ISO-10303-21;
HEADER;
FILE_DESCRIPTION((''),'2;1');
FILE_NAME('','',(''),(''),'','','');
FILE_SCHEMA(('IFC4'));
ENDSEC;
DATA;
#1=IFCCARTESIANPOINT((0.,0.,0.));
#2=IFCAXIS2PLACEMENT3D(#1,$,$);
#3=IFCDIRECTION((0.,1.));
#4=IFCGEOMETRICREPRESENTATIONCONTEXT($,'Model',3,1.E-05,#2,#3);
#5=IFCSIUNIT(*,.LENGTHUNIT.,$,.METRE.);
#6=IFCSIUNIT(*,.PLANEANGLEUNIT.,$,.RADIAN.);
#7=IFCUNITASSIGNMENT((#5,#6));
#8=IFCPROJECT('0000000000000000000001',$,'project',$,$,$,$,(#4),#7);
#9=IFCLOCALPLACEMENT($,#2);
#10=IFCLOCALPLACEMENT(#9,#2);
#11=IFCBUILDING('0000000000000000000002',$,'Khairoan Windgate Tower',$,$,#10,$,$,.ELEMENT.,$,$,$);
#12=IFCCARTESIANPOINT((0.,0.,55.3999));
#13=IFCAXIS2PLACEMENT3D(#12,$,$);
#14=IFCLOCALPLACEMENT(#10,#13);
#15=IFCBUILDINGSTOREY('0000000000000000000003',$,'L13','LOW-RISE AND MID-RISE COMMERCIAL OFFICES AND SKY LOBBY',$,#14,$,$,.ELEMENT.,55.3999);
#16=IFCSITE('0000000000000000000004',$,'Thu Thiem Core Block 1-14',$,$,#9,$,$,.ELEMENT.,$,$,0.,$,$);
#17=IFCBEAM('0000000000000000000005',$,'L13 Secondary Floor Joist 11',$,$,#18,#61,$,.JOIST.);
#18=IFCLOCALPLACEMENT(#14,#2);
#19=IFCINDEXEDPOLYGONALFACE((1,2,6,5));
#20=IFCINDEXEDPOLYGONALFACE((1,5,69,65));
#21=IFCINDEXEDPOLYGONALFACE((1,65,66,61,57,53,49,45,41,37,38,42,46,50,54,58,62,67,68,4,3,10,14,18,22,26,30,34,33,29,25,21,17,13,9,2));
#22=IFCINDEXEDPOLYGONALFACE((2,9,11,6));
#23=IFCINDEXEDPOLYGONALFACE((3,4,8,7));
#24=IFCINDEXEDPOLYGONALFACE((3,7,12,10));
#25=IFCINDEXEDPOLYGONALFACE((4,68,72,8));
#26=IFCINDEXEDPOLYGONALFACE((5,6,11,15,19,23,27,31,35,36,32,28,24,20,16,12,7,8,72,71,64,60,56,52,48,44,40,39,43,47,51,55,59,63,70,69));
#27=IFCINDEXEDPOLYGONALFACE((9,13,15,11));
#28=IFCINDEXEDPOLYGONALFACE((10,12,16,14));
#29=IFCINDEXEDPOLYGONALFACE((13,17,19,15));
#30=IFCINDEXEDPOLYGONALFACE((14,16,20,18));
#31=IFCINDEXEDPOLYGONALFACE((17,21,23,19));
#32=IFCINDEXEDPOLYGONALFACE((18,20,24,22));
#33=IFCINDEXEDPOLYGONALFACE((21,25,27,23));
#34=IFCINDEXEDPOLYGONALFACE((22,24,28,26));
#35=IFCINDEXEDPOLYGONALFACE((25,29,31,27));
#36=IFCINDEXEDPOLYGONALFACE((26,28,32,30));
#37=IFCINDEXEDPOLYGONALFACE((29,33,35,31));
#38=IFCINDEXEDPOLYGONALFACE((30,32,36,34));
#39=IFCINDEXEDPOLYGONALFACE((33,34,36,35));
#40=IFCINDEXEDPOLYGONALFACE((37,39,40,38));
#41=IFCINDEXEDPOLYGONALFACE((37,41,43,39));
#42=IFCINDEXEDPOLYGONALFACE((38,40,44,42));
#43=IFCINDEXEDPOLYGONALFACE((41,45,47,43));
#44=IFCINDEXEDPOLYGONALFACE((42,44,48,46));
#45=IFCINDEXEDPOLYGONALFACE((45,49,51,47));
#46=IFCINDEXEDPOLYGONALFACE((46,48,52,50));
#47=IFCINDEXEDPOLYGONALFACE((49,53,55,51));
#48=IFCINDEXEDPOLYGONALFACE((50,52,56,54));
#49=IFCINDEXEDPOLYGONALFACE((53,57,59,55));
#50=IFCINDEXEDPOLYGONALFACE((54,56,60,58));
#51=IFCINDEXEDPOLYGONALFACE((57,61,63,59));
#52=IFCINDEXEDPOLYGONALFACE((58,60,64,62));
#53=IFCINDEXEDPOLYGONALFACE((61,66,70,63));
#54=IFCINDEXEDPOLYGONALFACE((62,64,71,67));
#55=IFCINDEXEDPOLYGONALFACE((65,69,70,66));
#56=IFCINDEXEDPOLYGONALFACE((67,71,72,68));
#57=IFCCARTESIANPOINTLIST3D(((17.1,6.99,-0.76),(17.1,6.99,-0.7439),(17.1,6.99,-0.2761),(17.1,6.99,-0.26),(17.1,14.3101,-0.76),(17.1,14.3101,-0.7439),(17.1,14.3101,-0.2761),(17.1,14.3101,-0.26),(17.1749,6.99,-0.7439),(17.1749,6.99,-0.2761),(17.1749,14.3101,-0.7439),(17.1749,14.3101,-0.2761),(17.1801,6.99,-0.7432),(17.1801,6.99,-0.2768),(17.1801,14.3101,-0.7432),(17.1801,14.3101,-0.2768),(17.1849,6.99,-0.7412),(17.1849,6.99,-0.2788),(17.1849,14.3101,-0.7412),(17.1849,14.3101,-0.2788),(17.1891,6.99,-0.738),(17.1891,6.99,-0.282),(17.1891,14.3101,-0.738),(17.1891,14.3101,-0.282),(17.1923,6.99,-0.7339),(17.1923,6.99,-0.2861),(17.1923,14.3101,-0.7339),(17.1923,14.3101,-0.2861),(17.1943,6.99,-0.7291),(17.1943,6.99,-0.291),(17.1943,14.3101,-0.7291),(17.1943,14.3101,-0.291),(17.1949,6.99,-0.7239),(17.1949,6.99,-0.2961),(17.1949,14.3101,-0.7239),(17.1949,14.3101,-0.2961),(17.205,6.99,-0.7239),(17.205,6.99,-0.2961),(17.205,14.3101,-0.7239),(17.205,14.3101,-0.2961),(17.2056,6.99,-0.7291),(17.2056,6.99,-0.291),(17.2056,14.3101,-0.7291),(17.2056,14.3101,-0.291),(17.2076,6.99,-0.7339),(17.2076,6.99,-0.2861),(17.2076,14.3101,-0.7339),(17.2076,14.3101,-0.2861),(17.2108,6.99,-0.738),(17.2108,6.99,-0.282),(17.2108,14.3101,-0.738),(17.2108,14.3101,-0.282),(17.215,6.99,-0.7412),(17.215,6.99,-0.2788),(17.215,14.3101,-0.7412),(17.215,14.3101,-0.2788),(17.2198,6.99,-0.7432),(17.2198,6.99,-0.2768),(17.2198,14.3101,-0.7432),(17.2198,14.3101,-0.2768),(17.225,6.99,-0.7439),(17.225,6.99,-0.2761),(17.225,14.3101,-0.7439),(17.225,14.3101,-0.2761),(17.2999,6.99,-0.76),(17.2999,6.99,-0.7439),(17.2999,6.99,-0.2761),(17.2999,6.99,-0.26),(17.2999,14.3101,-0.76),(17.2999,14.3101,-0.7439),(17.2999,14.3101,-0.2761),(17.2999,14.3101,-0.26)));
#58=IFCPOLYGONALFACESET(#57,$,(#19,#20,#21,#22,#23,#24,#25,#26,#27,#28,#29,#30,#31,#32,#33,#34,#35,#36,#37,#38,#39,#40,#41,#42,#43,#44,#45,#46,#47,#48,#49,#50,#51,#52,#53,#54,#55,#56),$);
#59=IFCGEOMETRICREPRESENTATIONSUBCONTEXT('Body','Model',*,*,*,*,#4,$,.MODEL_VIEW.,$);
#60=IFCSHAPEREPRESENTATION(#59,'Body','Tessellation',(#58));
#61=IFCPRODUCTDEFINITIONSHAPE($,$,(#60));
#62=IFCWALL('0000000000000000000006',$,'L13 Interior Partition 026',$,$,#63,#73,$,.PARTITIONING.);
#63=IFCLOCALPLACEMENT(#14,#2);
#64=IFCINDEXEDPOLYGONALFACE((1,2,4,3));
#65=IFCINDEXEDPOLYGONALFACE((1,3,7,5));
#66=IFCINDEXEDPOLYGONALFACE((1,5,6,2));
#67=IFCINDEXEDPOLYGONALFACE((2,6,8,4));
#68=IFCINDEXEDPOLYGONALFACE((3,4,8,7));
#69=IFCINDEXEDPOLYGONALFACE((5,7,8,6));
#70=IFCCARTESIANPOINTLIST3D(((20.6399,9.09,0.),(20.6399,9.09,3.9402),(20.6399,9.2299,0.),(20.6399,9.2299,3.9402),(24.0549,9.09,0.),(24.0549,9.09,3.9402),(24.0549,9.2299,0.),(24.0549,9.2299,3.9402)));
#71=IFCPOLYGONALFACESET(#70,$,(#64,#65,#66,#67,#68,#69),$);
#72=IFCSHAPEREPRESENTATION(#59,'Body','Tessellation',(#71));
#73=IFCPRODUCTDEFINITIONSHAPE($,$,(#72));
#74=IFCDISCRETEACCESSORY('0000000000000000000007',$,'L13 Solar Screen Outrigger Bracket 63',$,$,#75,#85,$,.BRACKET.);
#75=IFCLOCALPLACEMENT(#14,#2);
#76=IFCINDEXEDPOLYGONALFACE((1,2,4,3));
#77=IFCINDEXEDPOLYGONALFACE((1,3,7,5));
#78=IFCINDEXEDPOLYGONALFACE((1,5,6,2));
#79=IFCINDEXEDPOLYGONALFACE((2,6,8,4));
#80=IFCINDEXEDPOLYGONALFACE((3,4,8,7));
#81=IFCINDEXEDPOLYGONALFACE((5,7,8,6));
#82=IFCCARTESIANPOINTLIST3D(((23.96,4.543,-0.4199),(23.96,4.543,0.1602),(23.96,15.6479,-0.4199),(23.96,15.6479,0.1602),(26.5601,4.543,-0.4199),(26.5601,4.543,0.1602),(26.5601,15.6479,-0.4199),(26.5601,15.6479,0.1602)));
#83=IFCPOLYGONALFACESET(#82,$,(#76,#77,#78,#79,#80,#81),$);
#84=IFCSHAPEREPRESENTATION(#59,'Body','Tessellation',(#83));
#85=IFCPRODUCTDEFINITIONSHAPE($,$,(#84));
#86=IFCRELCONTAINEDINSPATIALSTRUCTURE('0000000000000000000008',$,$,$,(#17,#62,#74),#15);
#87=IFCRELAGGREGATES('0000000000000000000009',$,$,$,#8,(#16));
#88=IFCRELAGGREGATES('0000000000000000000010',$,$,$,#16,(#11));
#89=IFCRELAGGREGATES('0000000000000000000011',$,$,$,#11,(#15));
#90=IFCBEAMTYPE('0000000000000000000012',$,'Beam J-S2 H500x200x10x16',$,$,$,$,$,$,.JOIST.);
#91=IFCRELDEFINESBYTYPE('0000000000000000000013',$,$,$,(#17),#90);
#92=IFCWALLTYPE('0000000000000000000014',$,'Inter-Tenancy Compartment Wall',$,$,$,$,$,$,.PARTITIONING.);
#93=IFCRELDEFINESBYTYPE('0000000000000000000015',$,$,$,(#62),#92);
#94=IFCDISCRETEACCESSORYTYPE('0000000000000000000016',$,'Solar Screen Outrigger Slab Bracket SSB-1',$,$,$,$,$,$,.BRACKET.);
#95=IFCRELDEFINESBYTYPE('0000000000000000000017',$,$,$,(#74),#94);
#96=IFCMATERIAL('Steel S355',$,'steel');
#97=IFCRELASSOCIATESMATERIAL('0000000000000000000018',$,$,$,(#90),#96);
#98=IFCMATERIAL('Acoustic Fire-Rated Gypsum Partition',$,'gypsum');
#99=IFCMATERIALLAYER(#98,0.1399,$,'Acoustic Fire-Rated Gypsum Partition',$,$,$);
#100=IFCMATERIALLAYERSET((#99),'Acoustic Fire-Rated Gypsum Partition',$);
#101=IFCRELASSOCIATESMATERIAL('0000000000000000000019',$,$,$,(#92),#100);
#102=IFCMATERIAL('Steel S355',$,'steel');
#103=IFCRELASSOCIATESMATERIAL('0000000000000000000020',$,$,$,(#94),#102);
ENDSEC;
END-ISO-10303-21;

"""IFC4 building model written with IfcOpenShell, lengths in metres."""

from ifc_helpers import new_model, si_unit, direction, frame, frame_2d, origin, origin_2d, place, context, subcontext, project, spatial, rectangle, i_section, extrude, material, layer, layer_set, material_profile, profile_set, type_object, element, save


model = new_model("IFC4")

# Units and contexts
model_context = context("Model", 3, precision=1e-05, world=origin(), true_north=direction((0.0, 1.0)))
body_context = subcontext(model_context, "Body", "Model", "MODEL_VIEW")
ifc_project = project(units=[si_unit("LENGTHUNIT", "METRE"), si_unit("PLANEANGLEUNIT", "RADIAN")], contexts=[model_context])

# Site, building, storey
site_placement = place(None, origin())
site = spatial("IfcSite", under=ifc_project, at=site_placement, Name="Thu Thiem Core Block 1-14", CompositionType="ELEMENT", RefElevation=0.0)
building_placement = place(site_placement, origin())
building = spatial("IfcBuilding", under=site, at=building_placement, Name="Khairoan Windgate Tower", CompositionType="ELEMENT")
storey_placement = place(building_placement, frame((0.0, 0.0, 55.3999)))
storey = spatial("IfcBuildingStorey", under=building, at=storey_placement, Name="L13", Description="LOW-RISE AND MID-RISE COMMERCIAL OFFICES AND SKY LOBBY", CompositionType="ELEMENT", Elevation=55.3999)

# Beam
ifc_material_1 = material(Name="Steel S355", Category="steel")
ifc_material_profile_1 = material_profile(ifc_material_1, i_section(OverallWidth=0.2, OverallDepth=0.5, WebThickness=0.01, FlangeThickness=0.0161, FilletRadius=0.02, at=origin_2d()))
ifc_profile_set_1 = profile_set([ifc_material_profile_1], Name="Steel S355")
beam_type_1 = type_object("IfcBeamType", Name="Beam J-S2 H500x200x10x16", PredefinedType="JOIST", material=ifc_profile_set_1)
beam_1_placement = place(storey_placement, frame((17.2, 6.99, -0.51), z_axis=(0.0, 1.0, 0.0), x_axis=(-1.0, 0.0, 0.0)))
element("IfcBeam", 1, at=beam_1_placement, inside=storey, type_object=beam_type_1, Name="L13 Secondary Floor Joist 11", PredefinedType="JOIST", context=body_context, shape_type="SweptSolid", body=[
    extrude(i_section(OverallWidth=0.2, OverallDepth=0.5, WebThickness=0.01, FlangeThickness=0.0161, FilletRadius=0.02, at=origin_2d()), origin(), (0.0, 0.0, 1.0), 7.3201),
])

# Wall
ifc_material_2 = material(Name="Acoustic Fire-Rated Gypsum Partition", Category="gypsum")
ifc_layer_1 = layer(ifc_material_2, 0.1399, Name="Acoustic Fire-Rated Gypsum Partition")
ifc_layer_set_1 = layer_set([ifc_layer_1], Name="Acoustic Fire-Rated Gypsum Partition")
wall_type_1 = type_object("IfcWallType", Name="Inter-Tenancy Compartment Wall", PredefinedType="PARTITIONING", material=ifc_layer_set_1)
wall_1_placement = place(storey_placement, frame((20.6399, 9.1599, 0.0), z_axis=(0.0, 0.0, 1.0), x_axis=(1.0, 0.0, 0.0)))
element("IfcWall", 2, at=wall_1_placement, inside=storey, type_object=wall_type_1, Name="L13 Interior Partition 026", PredefinedType="PARTITIONING", context=body_context, shape_type="SweptSolid", body=[
    extrude(rectangle(XDim=3.415, YDim=0.1399, at=frame_2d((1.7075, 0.0))), origin(), (0.0, 0.0, 1.0), 3.9402),
])

# Discrete accessory
ifc_material_3 = material(Name="Steel S355", Category="steel")
discrete_accessory_type = type_object("IfcDiscreteAccessoryType", Name="Solar Screen Outrigger Slab Bracket SSB-1", PredefinedType="BRACKET", material=ifc_material_3)
discrete_accessory_placement = place(storey_placement, frame((25.26, 10.0955, -0.4199), z_axis=(0.0, 0.0, 1.0), x_axis=(0.0, -1.0, 0.0)))
element("IfcDiscreteAccessory", 3, at=discrete_accessory_placement, inside=storey, type_object=discrete_accessory_type, Name="L13 Solar Screen Outrigger Bracket 63", PredefinedType="BRACKET", context=body_context, shape_type="SweptSolid", body=[
    extrude(rectangle(XDim=11.105, YDim=2.6001, at=origin_2d()), origin(), (0.0, 0.0, 1.0), 0.5801),
])

save(model, "model.ifc")
